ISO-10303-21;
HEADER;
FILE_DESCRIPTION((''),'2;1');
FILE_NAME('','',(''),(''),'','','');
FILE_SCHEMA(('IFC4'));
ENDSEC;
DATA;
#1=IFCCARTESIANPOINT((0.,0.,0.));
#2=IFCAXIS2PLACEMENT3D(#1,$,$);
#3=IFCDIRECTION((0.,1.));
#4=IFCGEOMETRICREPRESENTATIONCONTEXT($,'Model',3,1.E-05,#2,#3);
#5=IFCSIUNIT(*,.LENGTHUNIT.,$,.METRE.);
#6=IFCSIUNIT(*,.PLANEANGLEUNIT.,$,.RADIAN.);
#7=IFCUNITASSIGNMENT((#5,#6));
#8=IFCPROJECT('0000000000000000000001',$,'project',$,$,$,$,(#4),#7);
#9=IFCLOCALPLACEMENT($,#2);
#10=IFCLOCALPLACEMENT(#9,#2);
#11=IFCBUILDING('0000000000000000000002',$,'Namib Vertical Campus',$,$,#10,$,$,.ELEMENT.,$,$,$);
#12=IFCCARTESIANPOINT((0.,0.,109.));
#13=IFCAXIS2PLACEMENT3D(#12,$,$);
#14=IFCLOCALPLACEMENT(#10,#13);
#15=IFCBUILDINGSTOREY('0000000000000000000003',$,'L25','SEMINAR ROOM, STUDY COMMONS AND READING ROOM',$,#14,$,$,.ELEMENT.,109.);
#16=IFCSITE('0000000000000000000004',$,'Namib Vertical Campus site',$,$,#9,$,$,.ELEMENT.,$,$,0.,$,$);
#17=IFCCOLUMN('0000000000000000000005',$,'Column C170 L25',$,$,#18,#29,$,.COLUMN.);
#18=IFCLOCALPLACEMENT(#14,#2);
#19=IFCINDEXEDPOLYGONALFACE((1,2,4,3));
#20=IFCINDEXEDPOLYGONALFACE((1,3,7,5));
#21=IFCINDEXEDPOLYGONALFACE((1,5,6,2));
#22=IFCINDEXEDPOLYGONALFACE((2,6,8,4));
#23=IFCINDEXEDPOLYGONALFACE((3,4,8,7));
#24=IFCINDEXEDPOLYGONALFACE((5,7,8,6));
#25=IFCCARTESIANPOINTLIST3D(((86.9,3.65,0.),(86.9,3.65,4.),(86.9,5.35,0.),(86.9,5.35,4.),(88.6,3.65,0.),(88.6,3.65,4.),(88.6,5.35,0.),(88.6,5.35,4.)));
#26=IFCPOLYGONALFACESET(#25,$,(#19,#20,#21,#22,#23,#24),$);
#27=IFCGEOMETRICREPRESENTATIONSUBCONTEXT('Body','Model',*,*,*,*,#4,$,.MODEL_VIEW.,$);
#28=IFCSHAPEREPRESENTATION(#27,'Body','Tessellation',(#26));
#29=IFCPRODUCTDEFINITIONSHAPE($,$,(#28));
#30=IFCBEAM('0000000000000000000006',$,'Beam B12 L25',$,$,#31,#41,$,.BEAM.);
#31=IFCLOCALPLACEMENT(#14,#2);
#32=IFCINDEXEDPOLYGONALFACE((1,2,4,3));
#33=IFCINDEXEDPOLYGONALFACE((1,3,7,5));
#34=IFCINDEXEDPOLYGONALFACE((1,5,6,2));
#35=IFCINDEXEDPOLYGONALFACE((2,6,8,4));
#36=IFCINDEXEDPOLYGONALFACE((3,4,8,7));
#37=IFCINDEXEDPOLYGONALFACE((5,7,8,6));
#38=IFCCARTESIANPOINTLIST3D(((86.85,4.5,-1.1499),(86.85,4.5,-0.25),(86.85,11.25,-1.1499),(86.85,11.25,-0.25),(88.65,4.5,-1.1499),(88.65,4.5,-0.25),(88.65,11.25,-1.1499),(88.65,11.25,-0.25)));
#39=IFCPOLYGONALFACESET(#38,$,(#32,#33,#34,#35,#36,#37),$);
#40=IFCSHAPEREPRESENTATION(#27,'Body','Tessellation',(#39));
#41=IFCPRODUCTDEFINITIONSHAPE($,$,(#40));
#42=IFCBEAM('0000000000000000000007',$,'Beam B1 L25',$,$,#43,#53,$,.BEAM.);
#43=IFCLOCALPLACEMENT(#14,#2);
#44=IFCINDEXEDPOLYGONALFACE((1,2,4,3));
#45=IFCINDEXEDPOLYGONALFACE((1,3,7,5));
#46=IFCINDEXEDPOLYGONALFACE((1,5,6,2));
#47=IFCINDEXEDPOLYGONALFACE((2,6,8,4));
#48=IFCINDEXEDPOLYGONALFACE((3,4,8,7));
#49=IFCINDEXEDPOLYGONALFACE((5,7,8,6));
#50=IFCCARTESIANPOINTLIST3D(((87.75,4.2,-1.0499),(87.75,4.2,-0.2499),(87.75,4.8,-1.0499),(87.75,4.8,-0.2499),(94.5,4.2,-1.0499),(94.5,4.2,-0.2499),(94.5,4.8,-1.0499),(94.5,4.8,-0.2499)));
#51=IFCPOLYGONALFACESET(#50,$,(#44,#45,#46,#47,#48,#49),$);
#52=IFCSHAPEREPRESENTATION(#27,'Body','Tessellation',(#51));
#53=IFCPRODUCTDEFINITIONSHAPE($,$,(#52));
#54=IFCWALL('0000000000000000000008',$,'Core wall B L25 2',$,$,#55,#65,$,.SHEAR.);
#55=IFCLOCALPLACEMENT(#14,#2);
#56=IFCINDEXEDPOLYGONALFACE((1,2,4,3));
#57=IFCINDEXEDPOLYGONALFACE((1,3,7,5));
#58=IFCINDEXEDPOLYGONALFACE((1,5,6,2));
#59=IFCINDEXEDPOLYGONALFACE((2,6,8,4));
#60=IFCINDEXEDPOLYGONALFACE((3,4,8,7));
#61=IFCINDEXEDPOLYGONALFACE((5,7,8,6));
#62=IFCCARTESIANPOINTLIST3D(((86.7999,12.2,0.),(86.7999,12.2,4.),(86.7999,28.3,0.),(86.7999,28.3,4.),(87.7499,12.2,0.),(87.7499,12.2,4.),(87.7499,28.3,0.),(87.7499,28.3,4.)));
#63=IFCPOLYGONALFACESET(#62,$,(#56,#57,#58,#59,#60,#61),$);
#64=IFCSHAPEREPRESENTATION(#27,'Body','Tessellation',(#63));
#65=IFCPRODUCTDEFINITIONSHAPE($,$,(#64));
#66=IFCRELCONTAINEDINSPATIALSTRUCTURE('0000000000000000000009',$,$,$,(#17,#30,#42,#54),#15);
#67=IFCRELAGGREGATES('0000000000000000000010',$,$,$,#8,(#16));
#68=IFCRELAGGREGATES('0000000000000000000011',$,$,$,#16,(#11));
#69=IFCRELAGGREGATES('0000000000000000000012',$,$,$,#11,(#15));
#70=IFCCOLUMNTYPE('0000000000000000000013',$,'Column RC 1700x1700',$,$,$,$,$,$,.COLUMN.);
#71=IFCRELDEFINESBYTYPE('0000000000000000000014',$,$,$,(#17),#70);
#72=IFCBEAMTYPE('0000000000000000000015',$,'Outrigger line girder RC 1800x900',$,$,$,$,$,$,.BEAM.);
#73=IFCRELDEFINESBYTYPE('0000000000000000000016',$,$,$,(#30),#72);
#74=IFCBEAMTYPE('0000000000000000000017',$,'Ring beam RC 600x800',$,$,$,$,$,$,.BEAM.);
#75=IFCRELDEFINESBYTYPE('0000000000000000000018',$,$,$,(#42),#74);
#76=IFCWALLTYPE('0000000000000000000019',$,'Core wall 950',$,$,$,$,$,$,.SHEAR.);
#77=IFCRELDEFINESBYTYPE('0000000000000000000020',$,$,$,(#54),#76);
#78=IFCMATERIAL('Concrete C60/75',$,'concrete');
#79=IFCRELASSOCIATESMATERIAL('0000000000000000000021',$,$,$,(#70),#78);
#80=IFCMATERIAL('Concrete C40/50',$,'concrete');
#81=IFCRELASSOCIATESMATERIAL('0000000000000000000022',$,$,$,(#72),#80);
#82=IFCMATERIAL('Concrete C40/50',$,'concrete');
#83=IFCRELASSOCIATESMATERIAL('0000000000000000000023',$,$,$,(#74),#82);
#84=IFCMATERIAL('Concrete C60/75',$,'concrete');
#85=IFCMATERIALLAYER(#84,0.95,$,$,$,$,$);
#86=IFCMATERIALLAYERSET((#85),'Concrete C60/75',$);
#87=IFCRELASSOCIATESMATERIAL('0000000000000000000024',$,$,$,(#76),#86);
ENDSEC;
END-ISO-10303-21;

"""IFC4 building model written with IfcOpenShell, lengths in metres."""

from ifc_helpers import new_model, si_unit, direction, frame, frame_2d, origin, origin_2d, place, context, subcontext, project, spatial, rectangle, extrude, material, layer, layer_set, material_profile, profile_set, type_object, element, save


model = new_model("IFC4")

# Units and contexts
model_context = context("Model", 3, precision=1e-05, world=origin(), true_north=direction((0.0, 1.0)))
body_context = subcontext(model_context, "Body", "Model", "MODEL_VIEW")
ifc_project = project(units=[si_unit("LENGTHUNIT", "METRE"), si_unit("PLANEANGLEUNIT", "RADIAN")], contexts=[model_context])

# Site, building, storey
site_placement = place(None, origin())
site = spatial("IfcSite", under=ifc_project, at=site_placement, Name="Namib Vertical Campus site", CompositionType="ELEMENT", RefElevation=0.0)
building_placement = place(site_placement, origin())
building = spatial("IfcBuilding", under=site, at=building_placement, Name="Namib Vertical Campus", CompositionType="ELEMENT")
storey_placement = place(building_placement, frame((0.0, 0.0, 109.0)))
storey = spatial("IfcBuildingStorey", under=building, at=storey_placement, Name="L25", Description="SEMINAR ROOM, STUDY COMMONS AND READING ROOM", CompositionType="ELEMENT", Elevation=109.0)

# Column
ifc_material_1 = material(Name="Concrete C60/75", Category="concrete")
ifc_material_profile_1 = material_profile(ifc_material_1, rectangle(XDim=1.7, YDim=1.7, at=origin_2d()))
ifc_profile_set_1 = profile_set([ifc_material_profile_1], Name="Concrete C60/75")
column_type = type_object("IfcColumnType", Name="Column RC 1700x1700", PredefinedType="COLUMN", material=ifc_profile_set_1)
column_placement = place(storey_placement, frame((87.75, 4.5, 0.0), z_axis=(0.0, 0.0, 1.0), x_axis=(1.0, 0.0, 0.0)))
element("IfcColumn", 1, at=column_placement, inside=storey, type_object=column_type, Name="Column C170 L25", PredefinedType="COLUMN", context=body_context, shape_type="SweptSolid", body=[
    extrude(rectangle(XDim=1.7, YDim=1.7, at=origin_2d()), origin(), (0.0, 0.0, 1.0), 4.0),
])

# Beams
ifc_material_2 = material(Name="Concrete C40/50", Category="concrete")
ifc_material_profile_2 = material_profile(ifc_material_2, rectangle(XDim=1.8, YDim=0.8999, at=origin_2d()))
ifc_profile_set_2 = profile_set([ifc_material_profile_2], Name="Concrete C40/50")
beam_type_1 = type_object("IfcBeamType", Name="Outrigger line girder RC 1800x900", PredefinedType="BEAM", material=ifc_profile_set_2)
beam_1_placement = place(storey_placement, frame((87.75, 4.5, -0.7), z_axis=(0.0, 1.0, 0.0), x_axis=(-1.0, 0.0, 0.0)))
element("IfcBeam", 2, at=beam_1_placement, inside=storey, type_object=beam_type_1, Name="Beam B12 L25", PredefinedType="BEAM", context=body_context, shape_type="SweptSolid", body=[
    extrude(rectangle(XDim=1.8, YDim=0.8999, at=origin_2d()), origin(), (0.0, 0.0, 1.0), 6.75),
])
ifc_material_3 = material(Name="Concrete C40/50", Category="concrete")
ifc_material_profile_3 = material_profile(ifc_material_3, rectangle(XDim=0.6001, YDim=0.8, at=origin_2d()))
ifc_profile_set_3 = profile_set([ifc_material_profile_3], Name="Concrete C40/50")
beam_type_2 = type_object("IfcBeamType", Name="Ring beam RC 600x800", PredefinedType="BEAM", material=ifc_profile_set_3)
beam_2_placement = place(storey_placement, frame((87.75, 4.5, -0.6499), z_axis=(1.0, 0.0, 0.0), x_axis=(0.0, 1.0, 0.0)))
element("IfcBeam", 3, at=beam_2_placement, inside=storey, type_object=beam_type_2, Name="Beam B1 L25", PredefinedType="BEAM", context=body_context, shape_type="SweptSolid", body=[
    extrude(rectangle(XDim=0.6001, YDim=0.8, at=origin_2d()), origin(), (0.0, 0.0, 1.0), 6.75),
])

# Wall
ifc_material_4 = material(Name="Concrete C60/75", Category="concrete")
ifc_layer_1 = layer(ifc_material_4, 0.95)
ifc_layer_set_1 = layer_set([ifc_layer_1], Name="Concrete C60/75")
wall_type_1 = type_object("IfcWallType", Name="Core wall 950", PredefinedType="SHEAR", material=ifc_layer_set_1)
wall_1_placement = place(storey_placement, frame((87.2749, 12.2, 0.0), z_axis=(0.0, 0.0, 1.0), x_axis=(0.0, 1.0, 0.0)))
element("IfcWall", 4, at=wall_1_placement, inside=storey, type_object=wall_type_1, Name="Core wall B L25 2", PredefinedType="SHEAR", context=body_context, shape_type="SweptSolid", body=[
    extrude(rectangle(XDim=16.1001, YDim=0.95, at=frame_2d((8.05, 0.0))), origin(), (0.0, 0.0, 1.0), 4.0),
])

save(model, "model.ifc")
